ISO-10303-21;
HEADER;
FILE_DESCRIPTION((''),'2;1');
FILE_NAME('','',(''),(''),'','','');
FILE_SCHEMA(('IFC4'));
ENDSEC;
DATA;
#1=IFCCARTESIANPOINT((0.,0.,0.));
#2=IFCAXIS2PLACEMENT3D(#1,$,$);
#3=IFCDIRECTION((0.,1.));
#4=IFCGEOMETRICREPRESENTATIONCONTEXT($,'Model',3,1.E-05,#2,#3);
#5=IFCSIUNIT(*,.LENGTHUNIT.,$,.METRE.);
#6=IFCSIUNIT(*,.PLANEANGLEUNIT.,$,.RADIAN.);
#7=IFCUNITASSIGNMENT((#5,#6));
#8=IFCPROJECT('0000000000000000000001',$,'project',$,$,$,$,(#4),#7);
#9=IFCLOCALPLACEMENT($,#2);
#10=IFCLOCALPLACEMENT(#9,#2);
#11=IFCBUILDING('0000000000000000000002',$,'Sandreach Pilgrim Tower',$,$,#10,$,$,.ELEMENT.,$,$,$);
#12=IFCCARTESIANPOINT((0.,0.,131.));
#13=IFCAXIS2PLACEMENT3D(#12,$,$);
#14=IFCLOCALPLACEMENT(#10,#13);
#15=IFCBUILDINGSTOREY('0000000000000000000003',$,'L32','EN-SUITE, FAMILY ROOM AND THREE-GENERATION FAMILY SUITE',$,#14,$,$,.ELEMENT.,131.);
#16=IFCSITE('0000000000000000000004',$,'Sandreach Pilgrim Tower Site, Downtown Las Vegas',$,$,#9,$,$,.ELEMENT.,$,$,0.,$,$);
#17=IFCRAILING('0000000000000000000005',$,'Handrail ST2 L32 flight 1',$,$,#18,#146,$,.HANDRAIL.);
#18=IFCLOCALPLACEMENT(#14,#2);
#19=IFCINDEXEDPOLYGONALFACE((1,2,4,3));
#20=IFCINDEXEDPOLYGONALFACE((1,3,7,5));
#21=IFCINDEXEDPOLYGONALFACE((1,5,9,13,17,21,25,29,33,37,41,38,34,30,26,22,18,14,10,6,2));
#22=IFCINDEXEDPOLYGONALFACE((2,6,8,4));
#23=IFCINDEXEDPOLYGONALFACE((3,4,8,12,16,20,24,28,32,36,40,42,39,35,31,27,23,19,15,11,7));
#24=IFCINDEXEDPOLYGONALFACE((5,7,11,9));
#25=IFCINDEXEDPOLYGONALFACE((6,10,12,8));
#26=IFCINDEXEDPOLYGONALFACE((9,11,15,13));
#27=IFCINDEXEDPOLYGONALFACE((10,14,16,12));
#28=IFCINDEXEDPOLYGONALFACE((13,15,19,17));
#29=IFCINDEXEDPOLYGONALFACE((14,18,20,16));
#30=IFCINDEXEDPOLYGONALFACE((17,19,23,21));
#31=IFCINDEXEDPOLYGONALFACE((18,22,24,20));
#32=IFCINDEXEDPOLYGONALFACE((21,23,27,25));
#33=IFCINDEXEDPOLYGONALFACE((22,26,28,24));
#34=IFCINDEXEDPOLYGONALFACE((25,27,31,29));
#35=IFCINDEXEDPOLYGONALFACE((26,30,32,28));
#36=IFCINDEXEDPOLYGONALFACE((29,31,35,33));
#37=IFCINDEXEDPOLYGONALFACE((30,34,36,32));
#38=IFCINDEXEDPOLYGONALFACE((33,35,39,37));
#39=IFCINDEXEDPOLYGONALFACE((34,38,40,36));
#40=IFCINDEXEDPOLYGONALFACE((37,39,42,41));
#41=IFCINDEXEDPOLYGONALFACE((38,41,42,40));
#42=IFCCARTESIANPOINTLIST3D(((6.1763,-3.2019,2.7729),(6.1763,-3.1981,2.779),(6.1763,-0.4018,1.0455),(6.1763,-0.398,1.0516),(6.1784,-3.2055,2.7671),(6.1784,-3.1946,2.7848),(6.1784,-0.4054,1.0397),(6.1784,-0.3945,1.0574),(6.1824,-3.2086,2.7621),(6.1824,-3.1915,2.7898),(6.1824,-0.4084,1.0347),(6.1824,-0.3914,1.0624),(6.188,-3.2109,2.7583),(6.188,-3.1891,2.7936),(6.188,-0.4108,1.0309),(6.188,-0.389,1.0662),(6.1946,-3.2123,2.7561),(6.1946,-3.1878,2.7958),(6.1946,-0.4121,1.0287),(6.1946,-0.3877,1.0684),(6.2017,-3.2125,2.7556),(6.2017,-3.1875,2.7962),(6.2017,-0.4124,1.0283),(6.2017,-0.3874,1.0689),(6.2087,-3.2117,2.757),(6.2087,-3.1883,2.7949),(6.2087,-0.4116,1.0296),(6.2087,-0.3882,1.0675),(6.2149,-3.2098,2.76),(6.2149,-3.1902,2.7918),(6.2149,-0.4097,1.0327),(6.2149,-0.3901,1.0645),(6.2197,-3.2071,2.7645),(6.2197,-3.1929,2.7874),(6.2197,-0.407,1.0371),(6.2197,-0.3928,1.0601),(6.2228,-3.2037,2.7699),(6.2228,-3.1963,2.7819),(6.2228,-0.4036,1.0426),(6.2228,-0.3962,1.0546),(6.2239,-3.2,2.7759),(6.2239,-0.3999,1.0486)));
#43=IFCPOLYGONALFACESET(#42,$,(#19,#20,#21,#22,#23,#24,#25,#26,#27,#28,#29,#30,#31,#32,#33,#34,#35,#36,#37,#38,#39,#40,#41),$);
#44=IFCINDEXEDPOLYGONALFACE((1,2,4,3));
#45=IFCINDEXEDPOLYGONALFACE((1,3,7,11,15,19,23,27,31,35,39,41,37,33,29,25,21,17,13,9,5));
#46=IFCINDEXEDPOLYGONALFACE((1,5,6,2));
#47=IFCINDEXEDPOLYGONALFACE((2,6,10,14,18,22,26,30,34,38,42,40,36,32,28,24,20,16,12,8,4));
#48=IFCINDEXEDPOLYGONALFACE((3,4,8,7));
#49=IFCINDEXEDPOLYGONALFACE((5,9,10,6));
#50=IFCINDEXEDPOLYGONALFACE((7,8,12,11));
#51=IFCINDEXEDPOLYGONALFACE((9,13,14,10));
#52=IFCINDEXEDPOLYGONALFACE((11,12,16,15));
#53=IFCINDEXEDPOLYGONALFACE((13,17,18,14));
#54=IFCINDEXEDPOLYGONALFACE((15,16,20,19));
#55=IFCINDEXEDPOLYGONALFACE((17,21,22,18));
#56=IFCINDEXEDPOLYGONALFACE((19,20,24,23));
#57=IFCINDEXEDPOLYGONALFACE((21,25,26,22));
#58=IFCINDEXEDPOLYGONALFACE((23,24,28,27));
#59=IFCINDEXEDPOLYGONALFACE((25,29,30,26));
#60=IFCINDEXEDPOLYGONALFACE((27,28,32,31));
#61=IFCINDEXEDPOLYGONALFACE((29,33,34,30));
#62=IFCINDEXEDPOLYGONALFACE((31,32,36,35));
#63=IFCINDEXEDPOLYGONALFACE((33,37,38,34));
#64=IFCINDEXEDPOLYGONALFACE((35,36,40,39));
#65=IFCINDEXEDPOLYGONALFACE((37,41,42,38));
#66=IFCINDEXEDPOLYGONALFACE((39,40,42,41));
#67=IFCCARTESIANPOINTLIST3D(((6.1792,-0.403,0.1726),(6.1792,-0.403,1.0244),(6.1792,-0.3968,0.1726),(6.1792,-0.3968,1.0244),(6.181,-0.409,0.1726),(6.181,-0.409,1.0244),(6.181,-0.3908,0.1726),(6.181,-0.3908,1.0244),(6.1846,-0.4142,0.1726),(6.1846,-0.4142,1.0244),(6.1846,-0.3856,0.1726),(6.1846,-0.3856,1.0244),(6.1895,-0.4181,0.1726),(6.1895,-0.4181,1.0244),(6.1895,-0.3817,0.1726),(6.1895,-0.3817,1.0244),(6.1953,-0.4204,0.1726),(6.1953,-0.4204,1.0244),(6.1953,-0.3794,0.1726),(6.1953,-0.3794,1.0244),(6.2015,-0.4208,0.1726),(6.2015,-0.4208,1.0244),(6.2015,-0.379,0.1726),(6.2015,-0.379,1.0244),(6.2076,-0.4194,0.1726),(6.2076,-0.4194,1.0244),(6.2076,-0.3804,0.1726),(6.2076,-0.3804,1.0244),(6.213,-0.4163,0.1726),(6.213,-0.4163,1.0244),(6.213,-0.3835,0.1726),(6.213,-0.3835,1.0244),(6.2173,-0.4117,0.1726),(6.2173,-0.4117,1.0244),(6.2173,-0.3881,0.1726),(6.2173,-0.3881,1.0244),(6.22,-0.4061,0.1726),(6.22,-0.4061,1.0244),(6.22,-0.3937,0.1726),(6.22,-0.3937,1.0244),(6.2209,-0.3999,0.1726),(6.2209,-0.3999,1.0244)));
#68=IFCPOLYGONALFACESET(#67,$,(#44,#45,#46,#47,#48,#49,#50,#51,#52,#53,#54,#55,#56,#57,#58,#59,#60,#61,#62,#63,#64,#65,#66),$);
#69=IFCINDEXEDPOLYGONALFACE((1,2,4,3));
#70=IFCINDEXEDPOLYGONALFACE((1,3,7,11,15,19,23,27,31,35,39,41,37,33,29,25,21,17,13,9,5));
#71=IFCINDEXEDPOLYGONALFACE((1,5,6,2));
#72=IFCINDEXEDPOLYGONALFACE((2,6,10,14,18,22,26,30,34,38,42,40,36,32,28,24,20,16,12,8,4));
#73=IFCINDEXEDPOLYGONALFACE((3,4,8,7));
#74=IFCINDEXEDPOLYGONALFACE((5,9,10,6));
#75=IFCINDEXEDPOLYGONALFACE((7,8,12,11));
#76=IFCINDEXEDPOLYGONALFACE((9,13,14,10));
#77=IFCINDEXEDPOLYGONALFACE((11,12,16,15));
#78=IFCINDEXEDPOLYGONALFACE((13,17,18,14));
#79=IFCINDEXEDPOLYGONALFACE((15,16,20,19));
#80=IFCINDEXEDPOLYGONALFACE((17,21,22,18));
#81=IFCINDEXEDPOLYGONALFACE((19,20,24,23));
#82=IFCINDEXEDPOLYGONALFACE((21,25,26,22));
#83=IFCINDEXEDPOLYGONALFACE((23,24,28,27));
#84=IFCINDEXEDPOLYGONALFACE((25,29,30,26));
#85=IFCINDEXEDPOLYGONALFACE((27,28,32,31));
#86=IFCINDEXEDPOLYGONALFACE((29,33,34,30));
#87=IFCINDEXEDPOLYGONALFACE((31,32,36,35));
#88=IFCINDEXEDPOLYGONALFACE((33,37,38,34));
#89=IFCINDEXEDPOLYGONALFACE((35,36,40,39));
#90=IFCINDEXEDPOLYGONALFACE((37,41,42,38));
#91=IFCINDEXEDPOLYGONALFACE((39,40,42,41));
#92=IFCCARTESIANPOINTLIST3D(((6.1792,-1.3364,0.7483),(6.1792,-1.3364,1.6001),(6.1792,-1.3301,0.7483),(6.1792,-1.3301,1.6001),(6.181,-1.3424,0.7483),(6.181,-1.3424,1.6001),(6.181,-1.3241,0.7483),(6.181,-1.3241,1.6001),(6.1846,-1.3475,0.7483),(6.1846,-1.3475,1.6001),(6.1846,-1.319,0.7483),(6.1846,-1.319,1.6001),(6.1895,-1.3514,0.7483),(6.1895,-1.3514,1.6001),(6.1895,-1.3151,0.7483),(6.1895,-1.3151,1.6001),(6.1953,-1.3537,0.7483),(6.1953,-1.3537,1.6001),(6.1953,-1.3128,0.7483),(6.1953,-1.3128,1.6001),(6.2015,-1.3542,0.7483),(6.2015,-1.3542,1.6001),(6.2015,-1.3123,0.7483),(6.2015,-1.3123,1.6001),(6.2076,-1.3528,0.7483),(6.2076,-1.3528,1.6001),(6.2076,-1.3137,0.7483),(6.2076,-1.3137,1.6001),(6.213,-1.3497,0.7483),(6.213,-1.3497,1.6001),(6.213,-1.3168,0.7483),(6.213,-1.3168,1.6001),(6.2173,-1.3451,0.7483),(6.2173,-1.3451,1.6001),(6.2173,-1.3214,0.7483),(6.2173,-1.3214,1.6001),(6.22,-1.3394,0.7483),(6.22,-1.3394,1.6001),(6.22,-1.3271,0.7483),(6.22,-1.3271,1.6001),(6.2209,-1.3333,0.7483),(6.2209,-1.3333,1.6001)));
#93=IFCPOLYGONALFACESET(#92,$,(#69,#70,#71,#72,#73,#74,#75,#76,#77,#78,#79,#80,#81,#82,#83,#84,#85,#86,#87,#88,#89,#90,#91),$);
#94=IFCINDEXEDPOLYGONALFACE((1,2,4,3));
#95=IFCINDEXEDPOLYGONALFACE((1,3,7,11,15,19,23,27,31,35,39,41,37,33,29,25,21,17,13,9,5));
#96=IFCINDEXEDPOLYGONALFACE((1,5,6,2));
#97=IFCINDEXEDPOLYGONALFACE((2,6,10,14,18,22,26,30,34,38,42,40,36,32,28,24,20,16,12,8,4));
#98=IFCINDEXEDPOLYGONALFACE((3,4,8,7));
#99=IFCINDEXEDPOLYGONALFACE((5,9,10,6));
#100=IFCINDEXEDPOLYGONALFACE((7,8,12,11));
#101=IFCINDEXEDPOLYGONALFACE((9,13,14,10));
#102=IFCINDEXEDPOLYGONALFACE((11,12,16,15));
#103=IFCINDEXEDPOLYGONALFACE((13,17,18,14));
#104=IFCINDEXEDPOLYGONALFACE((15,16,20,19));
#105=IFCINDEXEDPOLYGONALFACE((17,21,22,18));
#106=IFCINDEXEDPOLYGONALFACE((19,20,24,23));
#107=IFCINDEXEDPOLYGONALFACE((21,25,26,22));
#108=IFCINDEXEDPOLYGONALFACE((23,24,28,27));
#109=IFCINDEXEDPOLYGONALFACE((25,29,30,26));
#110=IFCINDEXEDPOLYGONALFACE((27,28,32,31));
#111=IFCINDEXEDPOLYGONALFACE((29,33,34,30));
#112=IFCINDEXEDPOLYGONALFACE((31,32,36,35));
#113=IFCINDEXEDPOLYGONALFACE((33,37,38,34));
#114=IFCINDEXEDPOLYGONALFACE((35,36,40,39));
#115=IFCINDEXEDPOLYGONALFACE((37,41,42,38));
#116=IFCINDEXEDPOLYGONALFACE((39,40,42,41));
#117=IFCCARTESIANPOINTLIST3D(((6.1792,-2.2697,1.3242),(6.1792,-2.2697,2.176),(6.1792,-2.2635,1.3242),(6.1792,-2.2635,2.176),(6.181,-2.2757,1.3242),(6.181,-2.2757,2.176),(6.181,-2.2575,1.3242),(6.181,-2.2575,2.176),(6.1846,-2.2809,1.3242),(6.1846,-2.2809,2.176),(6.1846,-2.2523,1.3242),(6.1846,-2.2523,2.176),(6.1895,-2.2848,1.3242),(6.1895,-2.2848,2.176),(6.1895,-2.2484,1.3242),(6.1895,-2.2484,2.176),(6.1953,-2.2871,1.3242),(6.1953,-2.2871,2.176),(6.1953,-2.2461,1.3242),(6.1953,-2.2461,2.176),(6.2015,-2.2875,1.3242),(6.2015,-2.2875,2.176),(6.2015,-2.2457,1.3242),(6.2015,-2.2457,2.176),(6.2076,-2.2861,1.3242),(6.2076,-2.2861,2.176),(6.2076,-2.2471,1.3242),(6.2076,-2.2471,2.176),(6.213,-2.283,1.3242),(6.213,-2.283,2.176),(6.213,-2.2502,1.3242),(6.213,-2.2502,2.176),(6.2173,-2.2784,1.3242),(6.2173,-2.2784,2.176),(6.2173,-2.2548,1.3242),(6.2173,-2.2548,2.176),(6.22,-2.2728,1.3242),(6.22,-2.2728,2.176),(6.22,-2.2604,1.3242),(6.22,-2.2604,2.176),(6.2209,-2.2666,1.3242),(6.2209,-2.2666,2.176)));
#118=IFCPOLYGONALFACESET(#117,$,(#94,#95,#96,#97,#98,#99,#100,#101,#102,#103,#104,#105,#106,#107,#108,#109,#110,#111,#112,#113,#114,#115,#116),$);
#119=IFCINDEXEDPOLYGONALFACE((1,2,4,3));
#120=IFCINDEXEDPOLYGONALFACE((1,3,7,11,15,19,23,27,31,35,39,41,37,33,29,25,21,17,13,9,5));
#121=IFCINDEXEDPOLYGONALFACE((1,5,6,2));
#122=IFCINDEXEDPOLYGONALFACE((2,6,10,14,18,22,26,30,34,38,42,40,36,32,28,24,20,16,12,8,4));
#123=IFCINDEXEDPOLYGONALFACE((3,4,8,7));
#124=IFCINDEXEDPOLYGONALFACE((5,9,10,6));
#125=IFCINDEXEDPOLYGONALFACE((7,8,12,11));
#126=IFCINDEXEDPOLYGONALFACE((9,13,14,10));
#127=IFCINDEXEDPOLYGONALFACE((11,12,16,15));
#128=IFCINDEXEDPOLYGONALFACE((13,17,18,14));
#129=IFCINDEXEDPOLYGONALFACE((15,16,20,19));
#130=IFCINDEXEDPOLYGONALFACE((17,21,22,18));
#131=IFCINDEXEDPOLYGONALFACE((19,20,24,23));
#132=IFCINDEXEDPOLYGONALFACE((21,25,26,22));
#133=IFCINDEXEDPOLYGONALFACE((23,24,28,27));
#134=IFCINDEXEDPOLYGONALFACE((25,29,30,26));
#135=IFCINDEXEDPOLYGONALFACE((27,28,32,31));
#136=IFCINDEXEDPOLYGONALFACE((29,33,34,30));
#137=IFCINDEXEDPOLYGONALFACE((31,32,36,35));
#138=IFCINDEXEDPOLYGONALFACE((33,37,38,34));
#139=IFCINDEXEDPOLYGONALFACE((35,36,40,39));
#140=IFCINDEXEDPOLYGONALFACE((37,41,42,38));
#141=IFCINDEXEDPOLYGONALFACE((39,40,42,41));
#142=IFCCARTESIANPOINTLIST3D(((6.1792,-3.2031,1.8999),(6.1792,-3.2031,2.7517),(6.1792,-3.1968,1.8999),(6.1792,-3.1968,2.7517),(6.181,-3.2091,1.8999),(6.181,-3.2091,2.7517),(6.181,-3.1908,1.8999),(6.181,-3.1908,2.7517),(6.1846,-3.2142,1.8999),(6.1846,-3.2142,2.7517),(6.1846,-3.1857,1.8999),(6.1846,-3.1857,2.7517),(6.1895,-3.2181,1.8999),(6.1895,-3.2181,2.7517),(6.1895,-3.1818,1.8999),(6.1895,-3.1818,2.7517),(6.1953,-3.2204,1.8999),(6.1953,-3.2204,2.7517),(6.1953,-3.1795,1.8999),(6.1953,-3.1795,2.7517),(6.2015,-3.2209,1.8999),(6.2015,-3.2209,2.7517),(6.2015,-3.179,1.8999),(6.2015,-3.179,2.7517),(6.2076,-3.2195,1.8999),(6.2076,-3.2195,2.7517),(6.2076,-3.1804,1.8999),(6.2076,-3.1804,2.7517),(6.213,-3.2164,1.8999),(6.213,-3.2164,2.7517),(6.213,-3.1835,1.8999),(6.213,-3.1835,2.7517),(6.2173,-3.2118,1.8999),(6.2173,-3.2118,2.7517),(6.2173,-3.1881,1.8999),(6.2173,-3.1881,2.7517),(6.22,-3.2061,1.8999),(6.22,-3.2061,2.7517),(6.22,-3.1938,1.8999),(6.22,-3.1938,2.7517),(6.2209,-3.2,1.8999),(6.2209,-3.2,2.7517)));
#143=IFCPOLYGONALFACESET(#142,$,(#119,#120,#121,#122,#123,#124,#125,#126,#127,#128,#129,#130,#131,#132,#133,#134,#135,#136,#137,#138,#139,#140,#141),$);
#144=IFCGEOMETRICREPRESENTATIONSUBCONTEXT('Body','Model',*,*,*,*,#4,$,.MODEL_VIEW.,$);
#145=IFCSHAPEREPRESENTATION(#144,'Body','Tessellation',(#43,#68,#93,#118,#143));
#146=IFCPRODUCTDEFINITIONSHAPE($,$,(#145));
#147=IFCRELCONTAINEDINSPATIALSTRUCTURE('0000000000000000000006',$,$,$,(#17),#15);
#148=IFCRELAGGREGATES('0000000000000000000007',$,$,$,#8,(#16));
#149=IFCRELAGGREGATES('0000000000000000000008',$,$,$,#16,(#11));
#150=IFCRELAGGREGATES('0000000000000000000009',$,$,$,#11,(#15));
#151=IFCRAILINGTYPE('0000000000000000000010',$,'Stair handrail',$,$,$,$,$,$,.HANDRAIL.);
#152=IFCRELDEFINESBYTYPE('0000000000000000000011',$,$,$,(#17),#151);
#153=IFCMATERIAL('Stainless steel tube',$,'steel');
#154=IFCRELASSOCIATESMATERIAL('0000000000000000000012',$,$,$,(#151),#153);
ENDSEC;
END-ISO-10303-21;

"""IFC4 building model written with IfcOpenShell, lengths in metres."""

from ifc_helpers import new_model, si_unit, direction, frame, origin, origin_2d, place, context, subcontext, project, spatial, circle, extrude, material, type_object, element, save


model = new_model("IFC4")

# Units and contexts
model_context = context("Model", 3, precision=1e-05, world=origin(), true_north=direction((0.0, 1.0)))
body_context = subcontext(model_context, "Body", "Model", "MODEL_VIEW")
ifc_project = project(units=[si_unit("LENGTHUNIT", "METRE"), si_unit("PLANEANGLEUNIT", "RADIAN")], contexts=[model_context])

# Site, building, storey
site_placement = place(None, origin())
site = spatial("IfcSite", under=ifc_project, at=site_placement, Name="Sandreach Pilgrim Tower Site, Downtown Las Vegas", CompositionType="ELEMENT", RefElevation=0.0)
building_placement = place(site_placement, origin())
building = spatial("IfcBuilding", under=site, at=building_placement, Name="Sandreach Pilgrim Tower", CompositionType="ELEMENT")
storey_placement = place(building_placement, frame((0.0, 0.0, 131.0)))
storey = spatial("IfcBuildingStorey", under=building, at=storey_placement, Name="L32", Description="EN-SUITE, FAMILY ROOM AND THREE-GENERATION FAMILY SUITE", CompositionType="ELEMENT", Elevation=131.0)

# Railing
ifc_material_1 = material(Name="Stainless steel tube", Category="steel")
railing_type = type_object("IfcRailingType", Name="Stair handrail", PredefinedType="HANDRAIL", material=ifc_material_1)
for number, where, name in (
    (1, (6.2, -0.3999, 0.1726), "Handrail ST2 L32 flight 1"),
):
    element("IfcRailing", number, at=place(storey_placement, frame(where)), inside=storey, type_object=railing_type, Name=name, PredefinedType="HANDRAIL", context=body_context, shape_type="SweptSolid", body=[
        extrude(circle(Radius=0.0239, at=origin_2d()), frame((0.0, 0.0, 0.876), z_axis=(0.0, -0.85109, 0.52502), x_axis=(1.0, 0.0, 0.0)), (0.0, 0.0, 1.0), 3.29),
        extrude(circle(Radius=0.021, at=origin_2d()), origin(), (0.0, 0.0, 1.0), 0.8518),
        extrude(circle(Radius=0.021, at=origin_2d()), frame((0.0, -0.9333, 0.5757)), (0.0, 0.0, 1.0), 0.8518),
        extrude(circle(Radius=0.021, at=origin_2d()), frame((0.0, -1.8667, 1.1516)), (0.0, 0.0, 1.0), 0.8518),
        extrude(circle(Radius=0.021, at=origin_2d()), frame((0.0, -2.8, 1.7273)), (0.0, 0.0, 1.0), 0.8518),
    ])

save(model, "model.ifc")
